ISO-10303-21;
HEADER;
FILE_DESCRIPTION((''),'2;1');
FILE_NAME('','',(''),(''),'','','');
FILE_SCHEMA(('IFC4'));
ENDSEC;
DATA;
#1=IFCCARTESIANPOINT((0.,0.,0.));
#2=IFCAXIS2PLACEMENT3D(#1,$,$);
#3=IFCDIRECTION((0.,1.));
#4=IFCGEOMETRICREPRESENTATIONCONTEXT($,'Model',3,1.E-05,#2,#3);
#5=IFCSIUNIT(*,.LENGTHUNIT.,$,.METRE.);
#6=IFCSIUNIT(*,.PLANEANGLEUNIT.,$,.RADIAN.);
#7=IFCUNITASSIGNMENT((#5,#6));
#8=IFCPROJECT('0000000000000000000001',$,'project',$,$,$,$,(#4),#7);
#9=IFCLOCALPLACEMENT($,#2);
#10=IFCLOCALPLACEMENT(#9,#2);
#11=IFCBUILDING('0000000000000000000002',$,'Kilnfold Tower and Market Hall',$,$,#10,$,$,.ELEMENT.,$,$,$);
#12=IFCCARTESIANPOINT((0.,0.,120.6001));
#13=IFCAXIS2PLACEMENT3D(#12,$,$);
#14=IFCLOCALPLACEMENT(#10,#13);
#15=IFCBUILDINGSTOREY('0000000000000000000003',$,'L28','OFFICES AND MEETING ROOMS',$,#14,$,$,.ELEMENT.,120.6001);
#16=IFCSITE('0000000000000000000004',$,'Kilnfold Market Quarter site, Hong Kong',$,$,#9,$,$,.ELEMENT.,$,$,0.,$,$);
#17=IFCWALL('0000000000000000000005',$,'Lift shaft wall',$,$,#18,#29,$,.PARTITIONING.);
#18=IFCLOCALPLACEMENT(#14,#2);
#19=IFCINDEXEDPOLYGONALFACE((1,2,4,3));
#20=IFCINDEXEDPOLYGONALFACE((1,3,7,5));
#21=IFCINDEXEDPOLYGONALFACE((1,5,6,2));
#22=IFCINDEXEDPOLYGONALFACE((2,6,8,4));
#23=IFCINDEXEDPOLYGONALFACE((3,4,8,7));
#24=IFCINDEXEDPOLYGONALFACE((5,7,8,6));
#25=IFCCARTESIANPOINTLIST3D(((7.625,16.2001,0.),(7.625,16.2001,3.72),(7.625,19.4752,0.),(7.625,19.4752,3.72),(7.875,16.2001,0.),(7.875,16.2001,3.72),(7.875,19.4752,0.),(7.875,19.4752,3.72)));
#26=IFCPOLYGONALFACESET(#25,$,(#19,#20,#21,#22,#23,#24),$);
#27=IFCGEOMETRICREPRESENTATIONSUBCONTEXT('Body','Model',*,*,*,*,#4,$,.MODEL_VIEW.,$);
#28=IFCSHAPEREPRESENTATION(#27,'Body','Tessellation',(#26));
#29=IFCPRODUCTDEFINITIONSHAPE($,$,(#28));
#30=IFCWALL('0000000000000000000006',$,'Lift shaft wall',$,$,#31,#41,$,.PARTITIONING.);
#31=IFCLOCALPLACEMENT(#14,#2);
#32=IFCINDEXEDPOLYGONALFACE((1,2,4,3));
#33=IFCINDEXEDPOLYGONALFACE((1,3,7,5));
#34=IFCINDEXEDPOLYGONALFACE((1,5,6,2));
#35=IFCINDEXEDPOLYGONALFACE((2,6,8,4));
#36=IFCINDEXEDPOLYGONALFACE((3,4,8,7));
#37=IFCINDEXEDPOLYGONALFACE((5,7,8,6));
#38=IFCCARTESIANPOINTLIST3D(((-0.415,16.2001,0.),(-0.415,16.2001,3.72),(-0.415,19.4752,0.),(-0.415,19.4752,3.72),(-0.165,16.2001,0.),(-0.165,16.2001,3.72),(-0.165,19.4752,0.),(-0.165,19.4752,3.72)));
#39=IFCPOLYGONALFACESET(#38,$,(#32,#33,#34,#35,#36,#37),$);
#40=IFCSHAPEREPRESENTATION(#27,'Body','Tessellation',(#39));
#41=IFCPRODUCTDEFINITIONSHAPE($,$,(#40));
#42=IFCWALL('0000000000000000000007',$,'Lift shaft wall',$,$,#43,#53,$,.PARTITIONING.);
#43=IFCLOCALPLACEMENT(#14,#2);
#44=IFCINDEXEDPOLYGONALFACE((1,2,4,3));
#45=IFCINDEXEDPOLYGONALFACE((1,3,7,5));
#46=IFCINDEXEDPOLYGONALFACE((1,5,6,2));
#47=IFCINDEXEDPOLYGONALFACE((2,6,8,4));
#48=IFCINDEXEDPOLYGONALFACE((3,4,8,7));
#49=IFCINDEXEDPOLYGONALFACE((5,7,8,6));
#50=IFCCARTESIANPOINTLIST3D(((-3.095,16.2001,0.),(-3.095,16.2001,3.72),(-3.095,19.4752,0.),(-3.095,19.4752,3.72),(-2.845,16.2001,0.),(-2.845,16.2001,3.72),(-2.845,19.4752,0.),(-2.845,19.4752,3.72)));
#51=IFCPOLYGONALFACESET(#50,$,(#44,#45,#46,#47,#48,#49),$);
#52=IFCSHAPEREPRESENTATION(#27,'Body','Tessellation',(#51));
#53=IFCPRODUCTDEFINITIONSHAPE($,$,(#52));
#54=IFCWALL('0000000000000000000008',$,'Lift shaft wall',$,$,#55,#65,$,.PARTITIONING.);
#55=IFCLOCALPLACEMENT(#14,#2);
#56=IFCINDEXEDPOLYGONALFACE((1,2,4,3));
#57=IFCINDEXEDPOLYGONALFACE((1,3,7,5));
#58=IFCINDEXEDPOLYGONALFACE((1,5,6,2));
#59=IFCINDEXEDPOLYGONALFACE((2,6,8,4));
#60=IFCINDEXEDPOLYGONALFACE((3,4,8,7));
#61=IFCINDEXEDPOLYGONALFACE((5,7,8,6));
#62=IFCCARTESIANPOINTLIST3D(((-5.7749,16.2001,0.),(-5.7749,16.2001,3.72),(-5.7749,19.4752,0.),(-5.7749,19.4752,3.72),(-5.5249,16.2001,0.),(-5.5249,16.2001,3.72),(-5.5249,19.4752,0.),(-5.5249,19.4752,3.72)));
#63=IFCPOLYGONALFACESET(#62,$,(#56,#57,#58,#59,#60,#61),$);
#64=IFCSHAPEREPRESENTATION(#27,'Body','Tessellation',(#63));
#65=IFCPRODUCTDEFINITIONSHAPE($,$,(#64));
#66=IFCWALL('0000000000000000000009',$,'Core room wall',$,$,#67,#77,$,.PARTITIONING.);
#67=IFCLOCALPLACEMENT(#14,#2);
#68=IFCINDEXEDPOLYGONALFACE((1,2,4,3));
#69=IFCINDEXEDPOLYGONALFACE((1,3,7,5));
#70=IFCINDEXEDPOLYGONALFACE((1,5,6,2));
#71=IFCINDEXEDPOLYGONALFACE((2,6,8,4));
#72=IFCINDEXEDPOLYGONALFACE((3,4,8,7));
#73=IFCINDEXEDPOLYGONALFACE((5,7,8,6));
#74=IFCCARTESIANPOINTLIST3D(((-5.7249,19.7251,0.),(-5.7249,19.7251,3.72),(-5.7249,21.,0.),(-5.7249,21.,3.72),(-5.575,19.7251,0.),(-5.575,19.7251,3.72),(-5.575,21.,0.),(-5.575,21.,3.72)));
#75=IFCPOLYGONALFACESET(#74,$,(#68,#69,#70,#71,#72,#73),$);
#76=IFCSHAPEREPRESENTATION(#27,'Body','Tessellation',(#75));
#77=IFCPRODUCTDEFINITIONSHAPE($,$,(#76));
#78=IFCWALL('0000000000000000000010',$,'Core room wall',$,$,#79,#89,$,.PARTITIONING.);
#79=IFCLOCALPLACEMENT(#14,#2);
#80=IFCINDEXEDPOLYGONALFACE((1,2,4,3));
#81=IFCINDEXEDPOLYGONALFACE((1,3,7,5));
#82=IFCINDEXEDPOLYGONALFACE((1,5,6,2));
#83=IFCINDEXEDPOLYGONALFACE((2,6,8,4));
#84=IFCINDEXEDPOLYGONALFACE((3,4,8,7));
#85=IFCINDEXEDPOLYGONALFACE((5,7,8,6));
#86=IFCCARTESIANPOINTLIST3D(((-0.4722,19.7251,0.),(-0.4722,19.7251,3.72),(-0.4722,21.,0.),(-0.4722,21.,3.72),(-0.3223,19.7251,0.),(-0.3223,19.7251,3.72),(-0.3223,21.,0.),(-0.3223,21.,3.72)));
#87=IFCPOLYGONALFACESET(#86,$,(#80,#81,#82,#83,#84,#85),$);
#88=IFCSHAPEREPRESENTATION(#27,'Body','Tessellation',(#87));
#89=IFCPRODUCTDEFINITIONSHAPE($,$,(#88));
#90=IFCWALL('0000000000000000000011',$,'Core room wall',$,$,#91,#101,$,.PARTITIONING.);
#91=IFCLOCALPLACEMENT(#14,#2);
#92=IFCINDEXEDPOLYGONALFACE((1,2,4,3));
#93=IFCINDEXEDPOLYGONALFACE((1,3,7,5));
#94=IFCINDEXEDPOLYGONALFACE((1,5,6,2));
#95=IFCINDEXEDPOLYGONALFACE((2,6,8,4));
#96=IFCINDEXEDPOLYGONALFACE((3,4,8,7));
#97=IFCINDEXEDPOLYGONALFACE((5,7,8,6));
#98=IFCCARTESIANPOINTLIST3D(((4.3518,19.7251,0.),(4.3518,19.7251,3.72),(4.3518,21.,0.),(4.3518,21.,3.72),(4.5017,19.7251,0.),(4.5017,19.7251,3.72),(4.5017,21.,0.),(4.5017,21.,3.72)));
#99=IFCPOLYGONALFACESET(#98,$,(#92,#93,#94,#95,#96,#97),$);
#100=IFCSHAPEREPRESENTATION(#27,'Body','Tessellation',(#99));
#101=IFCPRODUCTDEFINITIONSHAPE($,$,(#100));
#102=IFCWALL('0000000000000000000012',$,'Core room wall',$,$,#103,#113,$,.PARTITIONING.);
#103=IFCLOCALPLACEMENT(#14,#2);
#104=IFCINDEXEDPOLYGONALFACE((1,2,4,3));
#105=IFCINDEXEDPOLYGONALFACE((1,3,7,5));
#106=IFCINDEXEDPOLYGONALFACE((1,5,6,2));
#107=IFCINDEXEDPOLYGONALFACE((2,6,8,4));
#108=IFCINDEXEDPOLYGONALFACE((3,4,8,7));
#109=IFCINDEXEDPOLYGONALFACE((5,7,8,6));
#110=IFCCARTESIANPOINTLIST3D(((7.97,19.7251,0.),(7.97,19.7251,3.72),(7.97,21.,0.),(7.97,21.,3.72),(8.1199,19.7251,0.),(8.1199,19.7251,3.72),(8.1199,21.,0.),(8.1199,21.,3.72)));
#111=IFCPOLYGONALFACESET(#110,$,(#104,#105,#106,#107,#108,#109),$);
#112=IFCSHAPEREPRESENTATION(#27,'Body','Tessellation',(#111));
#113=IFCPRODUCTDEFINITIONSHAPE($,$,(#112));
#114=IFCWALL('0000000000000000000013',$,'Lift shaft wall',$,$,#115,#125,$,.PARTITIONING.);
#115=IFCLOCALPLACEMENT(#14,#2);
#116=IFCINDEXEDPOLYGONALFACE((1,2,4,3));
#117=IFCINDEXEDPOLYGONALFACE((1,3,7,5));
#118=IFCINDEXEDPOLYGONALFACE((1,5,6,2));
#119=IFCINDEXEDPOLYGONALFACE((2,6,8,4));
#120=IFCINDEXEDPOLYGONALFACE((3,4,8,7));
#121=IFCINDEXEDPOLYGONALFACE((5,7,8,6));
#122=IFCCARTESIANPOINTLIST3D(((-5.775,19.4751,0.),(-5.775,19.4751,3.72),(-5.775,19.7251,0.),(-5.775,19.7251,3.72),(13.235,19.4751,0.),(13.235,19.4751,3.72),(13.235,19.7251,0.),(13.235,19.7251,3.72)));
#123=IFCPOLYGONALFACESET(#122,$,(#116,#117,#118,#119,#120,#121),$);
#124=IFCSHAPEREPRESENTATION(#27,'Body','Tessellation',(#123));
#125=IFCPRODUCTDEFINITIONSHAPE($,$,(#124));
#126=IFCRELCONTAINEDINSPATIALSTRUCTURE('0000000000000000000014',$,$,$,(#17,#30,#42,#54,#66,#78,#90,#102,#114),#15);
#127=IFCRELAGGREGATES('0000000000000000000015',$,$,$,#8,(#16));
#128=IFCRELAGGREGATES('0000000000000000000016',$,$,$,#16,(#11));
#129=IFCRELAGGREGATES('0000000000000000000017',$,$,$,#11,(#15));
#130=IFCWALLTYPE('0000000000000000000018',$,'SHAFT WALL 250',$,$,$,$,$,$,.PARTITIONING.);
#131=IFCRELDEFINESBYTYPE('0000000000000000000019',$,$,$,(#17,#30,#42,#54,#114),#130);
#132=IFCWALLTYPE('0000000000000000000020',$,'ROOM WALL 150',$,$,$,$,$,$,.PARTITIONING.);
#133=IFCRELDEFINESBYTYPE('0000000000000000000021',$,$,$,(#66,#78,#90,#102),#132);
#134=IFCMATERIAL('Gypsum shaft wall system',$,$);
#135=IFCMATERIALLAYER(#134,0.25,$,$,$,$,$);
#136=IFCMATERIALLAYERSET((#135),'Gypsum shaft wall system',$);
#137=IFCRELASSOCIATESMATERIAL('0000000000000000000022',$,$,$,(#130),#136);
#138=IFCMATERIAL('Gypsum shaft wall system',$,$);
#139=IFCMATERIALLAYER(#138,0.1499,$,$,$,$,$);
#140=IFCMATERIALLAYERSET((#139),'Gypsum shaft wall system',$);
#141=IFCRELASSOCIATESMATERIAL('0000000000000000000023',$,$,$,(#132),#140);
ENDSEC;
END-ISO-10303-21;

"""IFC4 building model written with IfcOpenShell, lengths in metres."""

from ifc_helpers import new_model, si_unit, direction, frame, frame_2d, origin, place, context, subcontext, project, spatial, rectangle, extrude, source, transform, mapped, material, layer, layer_set, type_object, element, save


model = new_model("IFC4")

# Units and contexts
model_context = context("Model", 3, precision=1e-05, world=origin(), true_north=direction((0.0, 1.0)))
body_context = subcontext(model_context, "Body", "Model", "MODEL_VIEW")
ifc_project = project(units=[si_unit("LENGTHUNIT", "METRE"), si_unit("PLANEANGLEUNIT", "RADIAN")], contexts=[model_context])

# Site, building, storey
site_placement = place(None, origin())
site = spatial("IfcSite", under=ifc_project, at=site_placement, Name="Kilnfold Market Quarter site, Hong Kong", CompositionType="ELEMENT", RefElevation=0.0)
building_placement = place(site_placement, origin())
building = spatial("IfcBuilding", under=site, at=building_placement, Name="Kilnfold Tower and Market Hall", CompositionType="ELEMENT")
storey_placement = place(building_placement, frame((0.0, 0.0, 120.6001)))
storey = spatial("IfcBuildingStorey", under=building, at=storey_placement, Name="L28", Description="OFFICES AND MEETING ROOMS", CompositionType="ELEMENT", Elevation=120.6001)

# Walls
ifc_material_1 = material(Name="Gypsum shaft wall system")
ifc_layer_1 = layer(ifc_material_1, 0.25)
ifc_layer_set_1 = layer_set([ifc_layer_1], Name="Gypsum shaft wall system")
wall_type_1 = type_object("IfcWallType", Name="SHAFT WALL 250", PredefinedType="PARTITIONING", material=ifc_layer_set_1)
shared_shape_1 = source(origin(), body_context, "Body", "SweptSolid", [
    extrude(rectangle(XDim=3.2751, YDim=0.25, at=frame_2d((1.6377, 0.0))), origin(), (0.0, 0.0, 1.0), 3.72),
])
for number, where, z_axis, x_axis, name in (
    (1, (7.75, 16.2, 0.0), (0.0, 0.0, 1.0), (0.0, 1.0, 0.0), "Lift shaft wall"),
    (2, (-0.29, 16.2, 0.0), (0.0, 0.0, 1.0), (0.0, 1.0, 0.0), "Lift shaft wall"),
    (3, (-2.97, 16.2, 0.0), (0.0, 0.0, 1.0), (0.0, 1.0, 0.0), "Lift shaft wall"),
    (4, (-5.6499, 16.2, 0.0), (0.0, 0.0, 1.0), (0.0, 1.0, 0.0), "Lift shaft wall"),
):
    element("IfcWall", number, at=place(storey_placement, frame(where, z_axis=z_axis, x_axis=x_axis)), inside=storey, type_object=wall_type_1, Name=name, PredefinedType="PARTITIONING", context=body_context, shape_type="MappedRepresentation", body=[
        mapped(shared_shape_1, transform((0.0, 0.0, 0.0))),
    ])
ifc_material_2 = material(Name="Gypsum shaft wall system")
ifc_layer_2 = layer(ifc_material_2, 0.1499)
ifc_layer_set_2 = layer_set([ifc_layer_2], Name="Gypsum shaft wall system")
wall_type_2 = type_object("IfcWallType", Name="ROOM WALL 150", PredefinedType="PARTITIONING", material=ifc_layer_set_2)
shared_shape_2 = source(origin(), body_context, "Body", "SweptSolid", [
    extrude(rectangle(XDim=1.2749, YDim=0.1499, at=frame_2d((0.6375, 0.0))), origin(), (0.0, 0.0, 1.0), 3.72),
])
for number, where, z_axis, x_axis, name in (
    (5, (-5.6499, 19.7251, 0.0), (0.0, 0.0, 1.0), (0.0, 1.0, 0.0), "Core room wall"),
    (6, (-0.3972, 19.7251, 0.0), (0.0, 0.0, 1.0), (0.0, 1.0, 0.0), "Core room wall"),
    (7, (4.4268, 19.7251, 0.0), (0.0, 0.0, 1.0), (0.0, 1.0, 0.0), "Core room wall"),
    (8, (8.0449, 19.7251, 0.0), (0.0, 0.0, 1.0), (0.0, 1.0, 0.0), "Core room wall"),
):
    element("IfcWall", number, at=place(storey_placement, frame(where, z_axis=z_axis, x_axis=x_axis)), inside=storey, type_object=wall_type_2, Name=name, PredefinedType="PARTITIONING", context=body_context, shape_type="MappedRepresentation", body=[
        mapped(shared_shape_2, transform((0.0, 0.0, 0.0))),
    ])
shared_shape_3 = source(origin(), body_context, "Body", "SweptSolid", [
    extrude(rectangle(XDim=19.01, YDim=0.25, at=frame_2d((9.5049, 0.0))), origin(), (0.0, 0.0, 1.0), 3.72),
])
wall_1_placement = place(storey_placement, frame((-5.7749, 19.6001, 0.0), z_axis=(0.0, 0.0, 1.0), x_axis=(1.0, 0.0, 0.0)))
element("IfcWall", 9, at=wall_1_placement, inside=storey, type_object=wall_type_1, Name="Lift shaft wall", PredefinedType="PARTITIONING", context=body_context, shape_type="MappedRepresentation", body=[
    mapped(shared_shape_3, transform((0.0, 0.0, 0.0))),
])

save(model, "model.ifc")
